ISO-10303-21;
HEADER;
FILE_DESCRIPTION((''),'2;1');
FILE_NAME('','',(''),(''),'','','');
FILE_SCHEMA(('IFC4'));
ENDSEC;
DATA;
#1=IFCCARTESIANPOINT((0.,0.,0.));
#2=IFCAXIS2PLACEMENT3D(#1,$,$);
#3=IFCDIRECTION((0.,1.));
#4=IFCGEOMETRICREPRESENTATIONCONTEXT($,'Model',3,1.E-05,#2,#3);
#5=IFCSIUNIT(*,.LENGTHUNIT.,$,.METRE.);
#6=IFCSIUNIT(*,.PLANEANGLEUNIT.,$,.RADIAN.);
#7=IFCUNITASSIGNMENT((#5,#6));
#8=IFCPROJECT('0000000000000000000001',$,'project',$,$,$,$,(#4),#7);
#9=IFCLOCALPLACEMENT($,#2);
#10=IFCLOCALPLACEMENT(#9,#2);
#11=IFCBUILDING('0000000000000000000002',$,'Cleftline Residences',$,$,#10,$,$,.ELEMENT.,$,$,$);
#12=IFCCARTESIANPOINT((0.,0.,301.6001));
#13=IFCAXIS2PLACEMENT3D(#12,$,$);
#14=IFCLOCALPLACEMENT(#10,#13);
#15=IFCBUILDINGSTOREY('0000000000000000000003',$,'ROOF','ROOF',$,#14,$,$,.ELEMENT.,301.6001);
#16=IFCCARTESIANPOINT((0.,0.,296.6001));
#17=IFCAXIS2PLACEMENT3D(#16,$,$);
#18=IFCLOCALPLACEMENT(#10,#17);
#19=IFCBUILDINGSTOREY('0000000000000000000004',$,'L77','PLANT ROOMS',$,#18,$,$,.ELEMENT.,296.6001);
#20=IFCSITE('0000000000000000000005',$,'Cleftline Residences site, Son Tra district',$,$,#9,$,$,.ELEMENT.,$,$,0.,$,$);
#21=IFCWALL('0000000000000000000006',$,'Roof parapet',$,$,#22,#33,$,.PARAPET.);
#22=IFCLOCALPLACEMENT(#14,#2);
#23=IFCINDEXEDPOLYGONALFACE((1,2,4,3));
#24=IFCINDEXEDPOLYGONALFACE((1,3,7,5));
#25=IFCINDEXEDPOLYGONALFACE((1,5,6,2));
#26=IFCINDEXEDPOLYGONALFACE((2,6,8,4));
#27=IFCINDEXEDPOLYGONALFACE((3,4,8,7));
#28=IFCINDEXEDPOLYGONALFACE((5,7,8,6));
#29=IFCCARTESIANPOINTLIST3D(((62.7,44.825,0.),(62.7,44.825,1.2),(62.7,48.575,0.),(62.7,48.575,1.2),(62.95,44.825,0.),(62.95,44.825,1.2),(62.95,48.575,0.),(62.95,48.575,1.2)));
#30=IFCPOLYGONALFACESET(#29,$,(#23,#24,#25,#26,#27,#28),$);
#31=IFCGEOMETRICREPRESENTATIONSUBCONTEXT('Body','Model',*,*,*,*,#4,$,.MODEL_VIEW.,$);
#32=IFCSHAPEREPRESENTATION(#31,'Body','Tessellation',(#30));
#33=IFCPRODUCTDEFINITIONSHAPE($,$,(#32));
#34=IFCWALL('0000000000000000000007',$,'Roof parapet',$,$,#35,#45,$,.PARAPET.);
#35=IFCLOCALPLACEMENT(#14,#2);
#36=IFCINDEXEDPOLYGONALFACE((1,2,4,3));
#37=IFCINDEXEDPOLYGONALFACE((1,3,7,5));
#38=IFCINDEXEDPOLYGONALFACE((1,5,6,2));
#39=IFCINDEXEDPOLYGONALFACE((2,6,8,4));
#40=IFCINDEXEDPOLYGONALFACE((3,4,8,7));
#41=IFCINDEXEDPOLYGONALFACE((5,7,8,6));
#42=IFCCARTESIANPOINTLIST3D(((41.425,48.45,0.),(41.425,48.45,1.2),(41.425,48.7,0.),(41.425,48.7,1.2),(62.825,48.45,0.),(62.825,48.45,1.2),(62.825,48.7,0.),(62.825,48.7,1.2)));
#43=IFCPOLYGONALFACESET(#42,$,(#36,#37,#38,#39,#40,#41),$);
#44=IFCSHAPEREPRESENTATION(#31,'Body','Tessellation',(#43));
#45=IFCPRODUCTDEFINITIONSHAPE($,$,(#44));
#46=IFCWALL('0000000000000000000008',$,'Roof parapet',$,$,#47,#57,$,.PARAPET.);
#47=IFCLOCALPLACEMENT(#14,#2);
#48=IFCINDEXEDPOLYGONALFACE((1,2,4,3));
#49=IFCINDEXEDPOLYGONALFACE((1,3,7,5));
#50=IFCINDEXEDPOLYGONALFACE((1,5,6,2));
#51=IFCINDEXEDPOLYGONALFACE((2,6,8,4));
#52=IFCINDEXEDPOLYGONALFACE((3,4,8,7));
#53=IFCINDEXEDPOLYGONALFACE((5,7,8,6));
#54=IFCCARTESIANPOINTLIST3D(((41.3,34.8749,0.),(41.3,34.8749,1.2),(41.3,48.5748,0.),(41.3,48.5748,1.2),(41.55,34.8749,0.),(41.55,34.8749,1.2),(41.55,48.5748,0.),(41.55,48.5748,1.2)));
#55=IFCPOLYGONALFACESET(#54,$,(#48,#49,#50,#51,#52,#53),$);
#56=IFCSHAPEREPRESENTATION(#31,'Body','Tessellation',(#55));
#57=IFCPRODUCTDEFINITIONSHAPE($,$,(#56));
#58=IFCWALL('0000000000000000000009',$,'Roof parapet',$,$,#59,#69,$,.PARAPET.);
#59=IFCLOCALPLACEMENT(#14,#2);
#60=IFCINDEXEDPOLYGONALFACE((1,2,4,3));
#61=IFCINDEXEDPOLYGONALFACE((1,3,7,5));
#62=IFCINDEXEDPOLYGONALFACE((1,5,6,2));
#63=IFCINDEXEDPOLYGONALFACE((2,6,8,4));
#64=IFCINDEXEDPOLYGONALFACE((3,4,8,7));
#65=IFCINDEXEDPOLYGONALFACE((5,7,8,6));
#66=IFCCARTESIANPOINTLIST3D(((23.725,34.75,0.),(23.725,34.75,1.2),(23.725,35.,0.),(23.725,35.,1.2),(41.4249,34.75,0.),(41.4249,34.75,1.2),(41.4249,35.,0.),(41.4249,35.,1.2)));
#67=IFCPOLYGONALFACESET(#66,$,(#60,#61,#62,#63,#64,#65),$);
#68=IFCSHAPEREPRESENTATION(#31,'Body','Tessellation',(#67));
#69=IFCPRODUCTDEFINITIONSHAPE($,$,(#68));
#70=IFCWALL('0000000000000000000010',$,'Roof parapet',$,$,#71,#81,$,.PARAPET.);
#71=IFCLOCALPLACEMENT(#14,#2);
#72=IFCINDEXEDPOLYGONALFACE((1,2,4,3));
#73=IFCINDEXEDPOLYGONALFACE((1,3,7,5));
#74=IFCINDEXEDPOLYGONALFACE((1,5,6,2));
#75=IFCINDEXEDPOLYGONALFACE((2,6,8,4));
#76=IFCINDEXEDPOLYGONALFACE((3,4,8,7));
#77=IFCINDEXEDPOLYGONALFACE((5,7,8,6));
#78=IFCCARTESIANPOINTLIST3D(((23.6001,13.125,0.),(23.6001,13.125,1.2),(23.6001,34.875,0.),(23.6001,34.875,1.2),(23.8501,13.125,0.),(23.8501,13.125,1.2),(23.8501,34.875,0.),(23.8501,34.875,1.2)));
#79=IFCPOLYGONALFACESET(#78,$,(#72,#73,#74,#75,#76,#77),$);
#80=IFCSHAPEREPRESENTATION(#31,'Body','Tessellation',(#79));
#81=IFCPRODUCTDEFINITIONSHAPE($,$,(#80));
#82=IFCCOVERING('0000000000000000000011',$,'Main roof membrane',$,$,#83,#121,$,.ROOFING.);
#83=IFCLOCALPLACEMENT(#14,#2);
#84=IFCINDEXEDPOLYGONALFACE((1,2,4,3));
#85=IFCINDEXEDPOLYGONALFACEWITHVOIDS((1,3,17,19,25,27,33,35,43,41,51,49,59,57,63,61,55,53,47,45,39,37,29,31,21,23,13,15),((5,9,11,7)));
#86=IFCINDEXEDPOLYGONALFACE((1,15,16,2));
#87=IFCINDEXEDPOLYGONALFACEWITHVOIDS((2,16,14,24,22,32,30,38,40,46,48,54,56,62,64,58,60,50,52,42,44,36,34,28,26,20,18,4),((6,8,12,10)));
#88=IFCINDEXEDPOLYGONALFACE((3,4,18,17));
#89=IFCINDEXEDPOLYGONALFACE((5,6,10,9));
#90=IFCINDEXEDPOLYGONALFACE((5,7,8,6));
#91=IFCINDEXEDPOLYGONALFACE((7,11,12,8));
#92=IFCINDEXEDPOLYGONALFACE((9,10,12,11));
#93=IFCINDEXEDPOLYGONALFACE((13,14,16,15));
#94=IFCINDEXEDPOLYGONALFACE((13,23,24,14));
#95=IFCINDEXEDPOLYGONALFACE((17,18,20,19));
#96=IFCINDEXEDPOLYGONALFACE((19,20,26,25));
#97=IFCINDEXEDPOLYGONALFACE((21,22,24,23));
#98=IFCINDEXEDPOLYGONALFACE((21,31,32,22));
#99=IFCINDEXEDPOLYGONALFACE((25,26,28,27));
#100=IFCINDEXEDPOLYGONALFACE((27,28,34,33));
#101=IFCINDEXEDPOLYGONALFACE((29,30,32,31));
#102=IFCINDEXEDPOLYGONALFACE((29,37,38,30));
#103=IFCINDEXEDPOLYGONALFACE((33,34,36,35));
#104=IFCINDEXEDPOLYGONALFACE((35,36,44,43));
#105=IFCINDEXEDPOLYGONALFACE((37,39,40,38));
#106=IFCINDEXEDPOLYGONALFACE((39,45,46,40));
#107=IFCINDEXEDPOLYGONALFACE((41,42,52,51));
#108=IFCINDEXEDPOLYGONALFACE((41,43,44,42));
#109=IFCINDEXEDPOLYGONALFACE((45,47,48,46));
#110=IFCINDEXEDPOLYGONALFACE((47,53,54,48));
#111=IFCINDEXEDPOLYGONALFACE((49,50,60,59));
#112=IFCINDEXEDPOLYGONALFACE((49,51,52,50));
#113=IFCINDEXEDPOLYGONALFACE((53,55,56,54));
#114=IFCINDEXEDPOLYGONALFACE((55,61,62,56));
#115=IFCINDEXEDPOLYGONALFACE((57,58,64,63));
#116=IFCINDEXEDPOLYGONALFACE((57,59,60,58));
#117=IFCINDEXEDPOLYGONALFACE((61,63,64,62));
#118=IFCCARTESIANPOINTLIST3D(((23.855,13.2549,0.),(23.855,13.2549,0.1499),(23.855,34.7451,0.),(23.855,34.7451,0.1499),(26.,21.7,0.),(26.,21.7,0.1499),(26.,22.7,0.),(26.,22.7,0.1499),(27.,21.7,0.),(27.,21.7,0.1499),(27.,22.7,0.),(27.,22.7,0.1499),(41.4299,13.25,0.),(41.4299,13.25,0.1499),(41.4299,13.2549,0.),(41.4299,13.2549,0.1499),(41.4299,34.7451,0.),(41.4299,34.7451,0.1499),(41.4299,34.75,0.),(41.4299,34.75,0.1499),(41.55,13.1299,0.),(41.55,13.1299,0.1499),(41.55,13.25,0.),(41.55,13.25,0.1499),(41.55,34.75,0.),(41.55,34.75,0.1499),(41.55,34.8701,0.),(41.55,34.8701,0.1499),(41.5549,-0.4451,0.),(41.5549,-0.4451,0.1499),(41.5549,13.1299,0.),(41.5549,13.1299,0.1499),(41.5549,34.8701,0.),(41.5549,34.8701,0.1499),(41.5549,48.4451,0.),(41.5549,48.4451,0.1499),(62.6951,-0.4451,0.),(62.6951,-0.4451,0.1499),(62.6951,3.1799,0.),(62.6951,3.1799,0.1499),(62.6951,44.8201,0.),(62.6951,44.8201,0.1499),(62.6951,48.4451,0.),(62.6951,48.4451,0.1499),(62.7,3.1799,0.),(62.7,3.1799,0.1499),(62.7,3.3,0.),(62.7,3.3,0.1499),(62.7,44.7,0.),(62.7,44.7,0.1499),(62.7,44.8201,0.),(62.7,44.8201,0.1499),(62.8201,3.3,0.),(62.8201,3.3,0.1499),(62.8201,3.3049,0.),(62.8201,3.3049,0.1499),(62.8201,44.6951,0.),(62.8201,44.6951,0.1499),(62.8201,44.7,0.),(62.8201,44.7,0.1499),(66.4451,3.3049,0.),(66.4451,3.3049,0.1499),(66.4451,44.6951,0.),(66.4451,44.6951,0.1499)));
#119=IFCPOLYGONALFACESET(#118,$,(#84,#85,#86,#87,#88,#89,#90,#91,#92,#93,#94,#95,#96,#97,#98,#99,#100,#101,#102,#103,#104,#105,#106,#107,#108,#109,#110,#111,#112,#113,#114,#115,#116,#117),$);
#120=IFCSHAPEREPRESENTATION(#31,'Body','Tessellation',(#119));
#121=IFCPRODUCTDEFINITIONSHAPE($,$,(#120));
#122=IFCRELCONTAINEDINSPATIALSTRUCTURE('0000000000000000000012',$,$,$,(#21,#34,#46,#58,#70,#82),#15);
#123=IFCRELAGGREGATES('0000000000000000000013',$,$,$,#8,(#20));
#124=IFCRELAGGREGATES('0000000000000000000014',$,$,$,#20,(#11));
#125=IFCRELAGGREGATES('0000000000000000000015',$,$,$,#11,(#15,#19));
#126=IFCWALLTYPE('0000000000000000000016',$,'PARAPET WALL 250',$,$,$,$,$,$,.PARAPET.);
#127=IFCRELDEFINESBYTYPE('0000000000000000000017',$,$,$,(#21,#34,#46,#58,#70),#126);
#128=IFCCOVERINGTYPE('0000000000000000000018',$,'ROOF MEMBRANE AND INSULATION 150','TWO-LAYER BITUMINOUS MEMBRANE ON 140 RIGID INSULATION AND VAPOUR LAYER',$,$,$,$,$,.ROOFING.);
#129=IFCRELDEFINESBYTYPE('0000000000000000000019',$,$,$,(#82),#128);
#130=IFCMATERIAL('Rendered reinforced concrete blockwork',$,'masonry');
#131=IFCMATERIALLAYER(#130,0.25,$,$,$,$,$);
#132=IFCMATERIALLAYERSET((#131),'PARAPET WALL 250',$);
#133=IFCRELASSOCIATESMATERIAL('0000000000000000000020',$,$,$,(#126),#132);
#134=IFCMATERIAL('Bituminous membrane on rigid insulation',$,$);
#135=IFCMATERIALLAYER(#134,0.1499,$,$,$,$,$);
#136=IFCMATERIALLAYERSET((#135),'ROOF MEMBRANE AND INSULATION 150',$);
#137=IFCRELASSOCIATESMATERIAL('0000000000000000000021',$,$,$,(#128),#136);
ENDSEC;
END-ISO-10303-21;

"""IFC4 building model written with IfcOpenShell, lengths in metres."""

from ifc_helpers import new_model, si_unit, direction, frame, frame_2d, origin, place, context, subcontext, project, spatial, polyline, rectangle, outline, extrude, material, layer, layer_set, type_object, element, save


model = new_model("IFC4")

# Units and contexts
model_context = context("Model", 3, precision=1e-05, world=origin(), true_north=direction((0.0, 1.0)))
body_context = subcontext(model_context, "Body", "Model", "MODEL_VIEW")
ifc_project = project(units=[si_unit("LENGTHUNIT", "METRE"), si_unit("PLANEANGLEUNIT", "RADIAN")], contexts=[model_context])

# Site, building, storey
site_placement = place(None, origin())
site = spatial("IfcSite", under=ifc_project, at=site_placement, Name="Cleftline Residences site, Son Tra district", CompositionType="ELEMENT", RefElevation=0.0)
building_placement = place(site_placement, origin())
building = spatial("IfcBuilding", under=site, at=building_placement, Name="Cleftline Residences", CompositionType="ELEMENT")
storey_1_placement = place(building_placement, frame((0.0, 0.0, 301.6001)))
storey_1 = spatial("IfcBuildingStorey", under=building, at=storey_1_placement, Name="ROOF", Description="ROOF", CompositionType="ELEMENT", Elevation=301.6001)

# Shared definitions
storey_2_placement = place(building_placement, frame((0.0, 0.0, 296.6001)))
storey_2 = spatial("IfcBuildingStorey", under=building, at=storey_2_placement, Name="L77", Description="PLANT ROOMS", CompositionType="ELEMENT", Elevation=296.6001)

# Walls
ifc_material_1 = material(Name="Rendered reinforced concrete blockwork", Category="masonry")
ifc_layer_1 = layer(ifc_material_1, 0.25)
ifc_layer_set_1 = layer_set([ifc_layer_1], Name="PARAPET WALL 250")
wall_type = type_object("IfcWallType", Name="PARAPET WALL 250", PredefinedType="PARAPET", material=ifc_layer_set_1)
for number, where, z_axis, x_axis, name in (
    (1, (62.825, 44.825, 0.0), (0.0, 0.0, 1.0), (0.0, 1.0, 0.0), "Roof parapet"),
):
    element("IfcWall", number, at=place(storey_1_placement, frame(where, z_axis=z_axis, x_axis=x_axis)), inside=storey_1, type_object=wall_type, Name=name, PredefinedType="PARAPET", context=body_context, shape_type="SweptSolid", body=[
        extrude(rectangle(XDim=3.75, YDim=0.25, at=frame_2d((1.875, 0.0))), origin(), (0.0, 0.0, 1.0), 1.2),
    ])
wall_1_placement = place(storey_1_placement, frame((62.825, 48.575, 0.0), z_axis=(0.0, 0.0, 1.0), x_axis=(-1.0, 0.0, 0.0)))
element("IfcWall", 2, at=wall_1_placement, inside=storey_1, type_object=wall_type, Name="Roof parapet", PredefinedType="PARAPET", context=body_context, shape_type="SweptSolid", body=[
    extrude(rectangle(XDim=21.3999, YDim=0.25, at=frame_2d((10.7, 0.0))), origin(), (0.0, 0.0, 1.0), 1.2),
])
wall_2_placement = place(storey_1_placement, frame((41.425, 48.575, 0.0), z_axis=(0.0, 0.0, 1.0), x_axis=(0.0, -1.0, 0.0)))
element("IfcWall", 3, at=wall_2_placement, inside=storey_1, type_object=wall_type, Name="Roof parapet", PredefinedType="PARAPET", context=body_context, shape_type="SweptSolid", body=[
    extrude(rectangle(XDim=13.7, YDim=0.25, at=frame_2d((6.8501, 0.0))), origin(), (0.0, 0.0, 1.0), 1.2),
])
wall_3_placement = place(storey_1_placement, frame((41.425, 34.875, 0.0), z_axis=(0.0, 0.0, 1.0), x_axis=(-1.0, 0.0, 0.0)))
element("IfcWall", 4, at=wall_3_placement, inside=storey_1, type_object=wall_type, Name="Roof parapet", PredefinedType="PARAPET", context=body_context, shape_type="SweptSolid", body=[
    extrude(rectangle(XDim=17.7, YDim=0.25, at=frame_2d((8.8501, 0.0))), origin(), (0.0, 0.0, 1.0), 1.2),
])
wall_4_placement = place(storey_1_placement, frame((23.7251, 34.875, 0.0), z_axis=(0.0, 0.0, 1.0), x_axis=(0.0, -1.0, 0.0)))
element("IfcWall", 5, at=wall_4_placement, inside=storey_1, type_object=wall_type, Name="Roof parapet", PredefinedType="PARAPET", context=body_context, shape_type="SweptSolid", body=[
    extrude(rectangle(XDim=21.75, YDim=0.25, at=frame_2d((10.875, 0.0))), origin(), (0.0, 0.0, 1.0), 1.2),
])

# Covering
ifc_material_2 = material(Name="Bituminous membrane on rigid insulation")
ifc_layer_2 = layer(ifc_material_2, 0.1499)
ifc_layer_set_2 = layer_set([ifc_layer_2], Name="ROOF MEMBRANE AND INSULATION 150")
covering_type = type_object("IfcCoveringType", Name="ROOF MEMBRANE AND INSULATION 150", Description="TWO-LAYER BITUMINOUS MEMBRANE ON 140 RIGID INSULATION AND VAPOUR LAYER", PredefinedType="ROOFING", material=ifc_layer_set_2)
covering_placement = place(storey_1_placement, origin())
element("IfcCovering", 6, at=covering_placement, inside=storey_1, type_object=covering_type, Name="Main roof membrane", PredefinedType="ROOFING", context=body_context, shape_type="SweptSolid", body=[
    extrude(outline(polyline([(41.55, 13.25), (41.55, 13.1299), (41.5549, 13.1299), (41.5549, -0.4451), (62.6951, -0.4451), (62.6951, 3.1799), (62.7, 3.1799), (62.7, 3.3), (62.8201, 3.3), (62.8201, 3.3049), (66.4451, 3.3049), (66.4451, 44.6951), (62.8201, 44.6951), (62.8201, 44.7), (62.7, 44.7), (62.7, 44.8201), (62.6951, 44.8201), (62.6951, 48.4451), (41.5549, 48.4451), (41.5549, 34.8701), (41.55, 34.8701), (41.55, 34.75), (41.4299, 34.75), (41.4299, 34.7451), (23.855, 34.7451), (23.855, 13.2549), (41.4299, 13.2549), (41.4299, 13.25), (41.55, 13.25)]), holes=[polyline([(27.0, 21.7), (27.0, 22.7), (26.0, 22.7), (26.0, 21.7), (27.0, 21.7)])]), origin(), (0.0, 0.0, 1.0), 0.1499),
])

save(model, "model.ifc")
